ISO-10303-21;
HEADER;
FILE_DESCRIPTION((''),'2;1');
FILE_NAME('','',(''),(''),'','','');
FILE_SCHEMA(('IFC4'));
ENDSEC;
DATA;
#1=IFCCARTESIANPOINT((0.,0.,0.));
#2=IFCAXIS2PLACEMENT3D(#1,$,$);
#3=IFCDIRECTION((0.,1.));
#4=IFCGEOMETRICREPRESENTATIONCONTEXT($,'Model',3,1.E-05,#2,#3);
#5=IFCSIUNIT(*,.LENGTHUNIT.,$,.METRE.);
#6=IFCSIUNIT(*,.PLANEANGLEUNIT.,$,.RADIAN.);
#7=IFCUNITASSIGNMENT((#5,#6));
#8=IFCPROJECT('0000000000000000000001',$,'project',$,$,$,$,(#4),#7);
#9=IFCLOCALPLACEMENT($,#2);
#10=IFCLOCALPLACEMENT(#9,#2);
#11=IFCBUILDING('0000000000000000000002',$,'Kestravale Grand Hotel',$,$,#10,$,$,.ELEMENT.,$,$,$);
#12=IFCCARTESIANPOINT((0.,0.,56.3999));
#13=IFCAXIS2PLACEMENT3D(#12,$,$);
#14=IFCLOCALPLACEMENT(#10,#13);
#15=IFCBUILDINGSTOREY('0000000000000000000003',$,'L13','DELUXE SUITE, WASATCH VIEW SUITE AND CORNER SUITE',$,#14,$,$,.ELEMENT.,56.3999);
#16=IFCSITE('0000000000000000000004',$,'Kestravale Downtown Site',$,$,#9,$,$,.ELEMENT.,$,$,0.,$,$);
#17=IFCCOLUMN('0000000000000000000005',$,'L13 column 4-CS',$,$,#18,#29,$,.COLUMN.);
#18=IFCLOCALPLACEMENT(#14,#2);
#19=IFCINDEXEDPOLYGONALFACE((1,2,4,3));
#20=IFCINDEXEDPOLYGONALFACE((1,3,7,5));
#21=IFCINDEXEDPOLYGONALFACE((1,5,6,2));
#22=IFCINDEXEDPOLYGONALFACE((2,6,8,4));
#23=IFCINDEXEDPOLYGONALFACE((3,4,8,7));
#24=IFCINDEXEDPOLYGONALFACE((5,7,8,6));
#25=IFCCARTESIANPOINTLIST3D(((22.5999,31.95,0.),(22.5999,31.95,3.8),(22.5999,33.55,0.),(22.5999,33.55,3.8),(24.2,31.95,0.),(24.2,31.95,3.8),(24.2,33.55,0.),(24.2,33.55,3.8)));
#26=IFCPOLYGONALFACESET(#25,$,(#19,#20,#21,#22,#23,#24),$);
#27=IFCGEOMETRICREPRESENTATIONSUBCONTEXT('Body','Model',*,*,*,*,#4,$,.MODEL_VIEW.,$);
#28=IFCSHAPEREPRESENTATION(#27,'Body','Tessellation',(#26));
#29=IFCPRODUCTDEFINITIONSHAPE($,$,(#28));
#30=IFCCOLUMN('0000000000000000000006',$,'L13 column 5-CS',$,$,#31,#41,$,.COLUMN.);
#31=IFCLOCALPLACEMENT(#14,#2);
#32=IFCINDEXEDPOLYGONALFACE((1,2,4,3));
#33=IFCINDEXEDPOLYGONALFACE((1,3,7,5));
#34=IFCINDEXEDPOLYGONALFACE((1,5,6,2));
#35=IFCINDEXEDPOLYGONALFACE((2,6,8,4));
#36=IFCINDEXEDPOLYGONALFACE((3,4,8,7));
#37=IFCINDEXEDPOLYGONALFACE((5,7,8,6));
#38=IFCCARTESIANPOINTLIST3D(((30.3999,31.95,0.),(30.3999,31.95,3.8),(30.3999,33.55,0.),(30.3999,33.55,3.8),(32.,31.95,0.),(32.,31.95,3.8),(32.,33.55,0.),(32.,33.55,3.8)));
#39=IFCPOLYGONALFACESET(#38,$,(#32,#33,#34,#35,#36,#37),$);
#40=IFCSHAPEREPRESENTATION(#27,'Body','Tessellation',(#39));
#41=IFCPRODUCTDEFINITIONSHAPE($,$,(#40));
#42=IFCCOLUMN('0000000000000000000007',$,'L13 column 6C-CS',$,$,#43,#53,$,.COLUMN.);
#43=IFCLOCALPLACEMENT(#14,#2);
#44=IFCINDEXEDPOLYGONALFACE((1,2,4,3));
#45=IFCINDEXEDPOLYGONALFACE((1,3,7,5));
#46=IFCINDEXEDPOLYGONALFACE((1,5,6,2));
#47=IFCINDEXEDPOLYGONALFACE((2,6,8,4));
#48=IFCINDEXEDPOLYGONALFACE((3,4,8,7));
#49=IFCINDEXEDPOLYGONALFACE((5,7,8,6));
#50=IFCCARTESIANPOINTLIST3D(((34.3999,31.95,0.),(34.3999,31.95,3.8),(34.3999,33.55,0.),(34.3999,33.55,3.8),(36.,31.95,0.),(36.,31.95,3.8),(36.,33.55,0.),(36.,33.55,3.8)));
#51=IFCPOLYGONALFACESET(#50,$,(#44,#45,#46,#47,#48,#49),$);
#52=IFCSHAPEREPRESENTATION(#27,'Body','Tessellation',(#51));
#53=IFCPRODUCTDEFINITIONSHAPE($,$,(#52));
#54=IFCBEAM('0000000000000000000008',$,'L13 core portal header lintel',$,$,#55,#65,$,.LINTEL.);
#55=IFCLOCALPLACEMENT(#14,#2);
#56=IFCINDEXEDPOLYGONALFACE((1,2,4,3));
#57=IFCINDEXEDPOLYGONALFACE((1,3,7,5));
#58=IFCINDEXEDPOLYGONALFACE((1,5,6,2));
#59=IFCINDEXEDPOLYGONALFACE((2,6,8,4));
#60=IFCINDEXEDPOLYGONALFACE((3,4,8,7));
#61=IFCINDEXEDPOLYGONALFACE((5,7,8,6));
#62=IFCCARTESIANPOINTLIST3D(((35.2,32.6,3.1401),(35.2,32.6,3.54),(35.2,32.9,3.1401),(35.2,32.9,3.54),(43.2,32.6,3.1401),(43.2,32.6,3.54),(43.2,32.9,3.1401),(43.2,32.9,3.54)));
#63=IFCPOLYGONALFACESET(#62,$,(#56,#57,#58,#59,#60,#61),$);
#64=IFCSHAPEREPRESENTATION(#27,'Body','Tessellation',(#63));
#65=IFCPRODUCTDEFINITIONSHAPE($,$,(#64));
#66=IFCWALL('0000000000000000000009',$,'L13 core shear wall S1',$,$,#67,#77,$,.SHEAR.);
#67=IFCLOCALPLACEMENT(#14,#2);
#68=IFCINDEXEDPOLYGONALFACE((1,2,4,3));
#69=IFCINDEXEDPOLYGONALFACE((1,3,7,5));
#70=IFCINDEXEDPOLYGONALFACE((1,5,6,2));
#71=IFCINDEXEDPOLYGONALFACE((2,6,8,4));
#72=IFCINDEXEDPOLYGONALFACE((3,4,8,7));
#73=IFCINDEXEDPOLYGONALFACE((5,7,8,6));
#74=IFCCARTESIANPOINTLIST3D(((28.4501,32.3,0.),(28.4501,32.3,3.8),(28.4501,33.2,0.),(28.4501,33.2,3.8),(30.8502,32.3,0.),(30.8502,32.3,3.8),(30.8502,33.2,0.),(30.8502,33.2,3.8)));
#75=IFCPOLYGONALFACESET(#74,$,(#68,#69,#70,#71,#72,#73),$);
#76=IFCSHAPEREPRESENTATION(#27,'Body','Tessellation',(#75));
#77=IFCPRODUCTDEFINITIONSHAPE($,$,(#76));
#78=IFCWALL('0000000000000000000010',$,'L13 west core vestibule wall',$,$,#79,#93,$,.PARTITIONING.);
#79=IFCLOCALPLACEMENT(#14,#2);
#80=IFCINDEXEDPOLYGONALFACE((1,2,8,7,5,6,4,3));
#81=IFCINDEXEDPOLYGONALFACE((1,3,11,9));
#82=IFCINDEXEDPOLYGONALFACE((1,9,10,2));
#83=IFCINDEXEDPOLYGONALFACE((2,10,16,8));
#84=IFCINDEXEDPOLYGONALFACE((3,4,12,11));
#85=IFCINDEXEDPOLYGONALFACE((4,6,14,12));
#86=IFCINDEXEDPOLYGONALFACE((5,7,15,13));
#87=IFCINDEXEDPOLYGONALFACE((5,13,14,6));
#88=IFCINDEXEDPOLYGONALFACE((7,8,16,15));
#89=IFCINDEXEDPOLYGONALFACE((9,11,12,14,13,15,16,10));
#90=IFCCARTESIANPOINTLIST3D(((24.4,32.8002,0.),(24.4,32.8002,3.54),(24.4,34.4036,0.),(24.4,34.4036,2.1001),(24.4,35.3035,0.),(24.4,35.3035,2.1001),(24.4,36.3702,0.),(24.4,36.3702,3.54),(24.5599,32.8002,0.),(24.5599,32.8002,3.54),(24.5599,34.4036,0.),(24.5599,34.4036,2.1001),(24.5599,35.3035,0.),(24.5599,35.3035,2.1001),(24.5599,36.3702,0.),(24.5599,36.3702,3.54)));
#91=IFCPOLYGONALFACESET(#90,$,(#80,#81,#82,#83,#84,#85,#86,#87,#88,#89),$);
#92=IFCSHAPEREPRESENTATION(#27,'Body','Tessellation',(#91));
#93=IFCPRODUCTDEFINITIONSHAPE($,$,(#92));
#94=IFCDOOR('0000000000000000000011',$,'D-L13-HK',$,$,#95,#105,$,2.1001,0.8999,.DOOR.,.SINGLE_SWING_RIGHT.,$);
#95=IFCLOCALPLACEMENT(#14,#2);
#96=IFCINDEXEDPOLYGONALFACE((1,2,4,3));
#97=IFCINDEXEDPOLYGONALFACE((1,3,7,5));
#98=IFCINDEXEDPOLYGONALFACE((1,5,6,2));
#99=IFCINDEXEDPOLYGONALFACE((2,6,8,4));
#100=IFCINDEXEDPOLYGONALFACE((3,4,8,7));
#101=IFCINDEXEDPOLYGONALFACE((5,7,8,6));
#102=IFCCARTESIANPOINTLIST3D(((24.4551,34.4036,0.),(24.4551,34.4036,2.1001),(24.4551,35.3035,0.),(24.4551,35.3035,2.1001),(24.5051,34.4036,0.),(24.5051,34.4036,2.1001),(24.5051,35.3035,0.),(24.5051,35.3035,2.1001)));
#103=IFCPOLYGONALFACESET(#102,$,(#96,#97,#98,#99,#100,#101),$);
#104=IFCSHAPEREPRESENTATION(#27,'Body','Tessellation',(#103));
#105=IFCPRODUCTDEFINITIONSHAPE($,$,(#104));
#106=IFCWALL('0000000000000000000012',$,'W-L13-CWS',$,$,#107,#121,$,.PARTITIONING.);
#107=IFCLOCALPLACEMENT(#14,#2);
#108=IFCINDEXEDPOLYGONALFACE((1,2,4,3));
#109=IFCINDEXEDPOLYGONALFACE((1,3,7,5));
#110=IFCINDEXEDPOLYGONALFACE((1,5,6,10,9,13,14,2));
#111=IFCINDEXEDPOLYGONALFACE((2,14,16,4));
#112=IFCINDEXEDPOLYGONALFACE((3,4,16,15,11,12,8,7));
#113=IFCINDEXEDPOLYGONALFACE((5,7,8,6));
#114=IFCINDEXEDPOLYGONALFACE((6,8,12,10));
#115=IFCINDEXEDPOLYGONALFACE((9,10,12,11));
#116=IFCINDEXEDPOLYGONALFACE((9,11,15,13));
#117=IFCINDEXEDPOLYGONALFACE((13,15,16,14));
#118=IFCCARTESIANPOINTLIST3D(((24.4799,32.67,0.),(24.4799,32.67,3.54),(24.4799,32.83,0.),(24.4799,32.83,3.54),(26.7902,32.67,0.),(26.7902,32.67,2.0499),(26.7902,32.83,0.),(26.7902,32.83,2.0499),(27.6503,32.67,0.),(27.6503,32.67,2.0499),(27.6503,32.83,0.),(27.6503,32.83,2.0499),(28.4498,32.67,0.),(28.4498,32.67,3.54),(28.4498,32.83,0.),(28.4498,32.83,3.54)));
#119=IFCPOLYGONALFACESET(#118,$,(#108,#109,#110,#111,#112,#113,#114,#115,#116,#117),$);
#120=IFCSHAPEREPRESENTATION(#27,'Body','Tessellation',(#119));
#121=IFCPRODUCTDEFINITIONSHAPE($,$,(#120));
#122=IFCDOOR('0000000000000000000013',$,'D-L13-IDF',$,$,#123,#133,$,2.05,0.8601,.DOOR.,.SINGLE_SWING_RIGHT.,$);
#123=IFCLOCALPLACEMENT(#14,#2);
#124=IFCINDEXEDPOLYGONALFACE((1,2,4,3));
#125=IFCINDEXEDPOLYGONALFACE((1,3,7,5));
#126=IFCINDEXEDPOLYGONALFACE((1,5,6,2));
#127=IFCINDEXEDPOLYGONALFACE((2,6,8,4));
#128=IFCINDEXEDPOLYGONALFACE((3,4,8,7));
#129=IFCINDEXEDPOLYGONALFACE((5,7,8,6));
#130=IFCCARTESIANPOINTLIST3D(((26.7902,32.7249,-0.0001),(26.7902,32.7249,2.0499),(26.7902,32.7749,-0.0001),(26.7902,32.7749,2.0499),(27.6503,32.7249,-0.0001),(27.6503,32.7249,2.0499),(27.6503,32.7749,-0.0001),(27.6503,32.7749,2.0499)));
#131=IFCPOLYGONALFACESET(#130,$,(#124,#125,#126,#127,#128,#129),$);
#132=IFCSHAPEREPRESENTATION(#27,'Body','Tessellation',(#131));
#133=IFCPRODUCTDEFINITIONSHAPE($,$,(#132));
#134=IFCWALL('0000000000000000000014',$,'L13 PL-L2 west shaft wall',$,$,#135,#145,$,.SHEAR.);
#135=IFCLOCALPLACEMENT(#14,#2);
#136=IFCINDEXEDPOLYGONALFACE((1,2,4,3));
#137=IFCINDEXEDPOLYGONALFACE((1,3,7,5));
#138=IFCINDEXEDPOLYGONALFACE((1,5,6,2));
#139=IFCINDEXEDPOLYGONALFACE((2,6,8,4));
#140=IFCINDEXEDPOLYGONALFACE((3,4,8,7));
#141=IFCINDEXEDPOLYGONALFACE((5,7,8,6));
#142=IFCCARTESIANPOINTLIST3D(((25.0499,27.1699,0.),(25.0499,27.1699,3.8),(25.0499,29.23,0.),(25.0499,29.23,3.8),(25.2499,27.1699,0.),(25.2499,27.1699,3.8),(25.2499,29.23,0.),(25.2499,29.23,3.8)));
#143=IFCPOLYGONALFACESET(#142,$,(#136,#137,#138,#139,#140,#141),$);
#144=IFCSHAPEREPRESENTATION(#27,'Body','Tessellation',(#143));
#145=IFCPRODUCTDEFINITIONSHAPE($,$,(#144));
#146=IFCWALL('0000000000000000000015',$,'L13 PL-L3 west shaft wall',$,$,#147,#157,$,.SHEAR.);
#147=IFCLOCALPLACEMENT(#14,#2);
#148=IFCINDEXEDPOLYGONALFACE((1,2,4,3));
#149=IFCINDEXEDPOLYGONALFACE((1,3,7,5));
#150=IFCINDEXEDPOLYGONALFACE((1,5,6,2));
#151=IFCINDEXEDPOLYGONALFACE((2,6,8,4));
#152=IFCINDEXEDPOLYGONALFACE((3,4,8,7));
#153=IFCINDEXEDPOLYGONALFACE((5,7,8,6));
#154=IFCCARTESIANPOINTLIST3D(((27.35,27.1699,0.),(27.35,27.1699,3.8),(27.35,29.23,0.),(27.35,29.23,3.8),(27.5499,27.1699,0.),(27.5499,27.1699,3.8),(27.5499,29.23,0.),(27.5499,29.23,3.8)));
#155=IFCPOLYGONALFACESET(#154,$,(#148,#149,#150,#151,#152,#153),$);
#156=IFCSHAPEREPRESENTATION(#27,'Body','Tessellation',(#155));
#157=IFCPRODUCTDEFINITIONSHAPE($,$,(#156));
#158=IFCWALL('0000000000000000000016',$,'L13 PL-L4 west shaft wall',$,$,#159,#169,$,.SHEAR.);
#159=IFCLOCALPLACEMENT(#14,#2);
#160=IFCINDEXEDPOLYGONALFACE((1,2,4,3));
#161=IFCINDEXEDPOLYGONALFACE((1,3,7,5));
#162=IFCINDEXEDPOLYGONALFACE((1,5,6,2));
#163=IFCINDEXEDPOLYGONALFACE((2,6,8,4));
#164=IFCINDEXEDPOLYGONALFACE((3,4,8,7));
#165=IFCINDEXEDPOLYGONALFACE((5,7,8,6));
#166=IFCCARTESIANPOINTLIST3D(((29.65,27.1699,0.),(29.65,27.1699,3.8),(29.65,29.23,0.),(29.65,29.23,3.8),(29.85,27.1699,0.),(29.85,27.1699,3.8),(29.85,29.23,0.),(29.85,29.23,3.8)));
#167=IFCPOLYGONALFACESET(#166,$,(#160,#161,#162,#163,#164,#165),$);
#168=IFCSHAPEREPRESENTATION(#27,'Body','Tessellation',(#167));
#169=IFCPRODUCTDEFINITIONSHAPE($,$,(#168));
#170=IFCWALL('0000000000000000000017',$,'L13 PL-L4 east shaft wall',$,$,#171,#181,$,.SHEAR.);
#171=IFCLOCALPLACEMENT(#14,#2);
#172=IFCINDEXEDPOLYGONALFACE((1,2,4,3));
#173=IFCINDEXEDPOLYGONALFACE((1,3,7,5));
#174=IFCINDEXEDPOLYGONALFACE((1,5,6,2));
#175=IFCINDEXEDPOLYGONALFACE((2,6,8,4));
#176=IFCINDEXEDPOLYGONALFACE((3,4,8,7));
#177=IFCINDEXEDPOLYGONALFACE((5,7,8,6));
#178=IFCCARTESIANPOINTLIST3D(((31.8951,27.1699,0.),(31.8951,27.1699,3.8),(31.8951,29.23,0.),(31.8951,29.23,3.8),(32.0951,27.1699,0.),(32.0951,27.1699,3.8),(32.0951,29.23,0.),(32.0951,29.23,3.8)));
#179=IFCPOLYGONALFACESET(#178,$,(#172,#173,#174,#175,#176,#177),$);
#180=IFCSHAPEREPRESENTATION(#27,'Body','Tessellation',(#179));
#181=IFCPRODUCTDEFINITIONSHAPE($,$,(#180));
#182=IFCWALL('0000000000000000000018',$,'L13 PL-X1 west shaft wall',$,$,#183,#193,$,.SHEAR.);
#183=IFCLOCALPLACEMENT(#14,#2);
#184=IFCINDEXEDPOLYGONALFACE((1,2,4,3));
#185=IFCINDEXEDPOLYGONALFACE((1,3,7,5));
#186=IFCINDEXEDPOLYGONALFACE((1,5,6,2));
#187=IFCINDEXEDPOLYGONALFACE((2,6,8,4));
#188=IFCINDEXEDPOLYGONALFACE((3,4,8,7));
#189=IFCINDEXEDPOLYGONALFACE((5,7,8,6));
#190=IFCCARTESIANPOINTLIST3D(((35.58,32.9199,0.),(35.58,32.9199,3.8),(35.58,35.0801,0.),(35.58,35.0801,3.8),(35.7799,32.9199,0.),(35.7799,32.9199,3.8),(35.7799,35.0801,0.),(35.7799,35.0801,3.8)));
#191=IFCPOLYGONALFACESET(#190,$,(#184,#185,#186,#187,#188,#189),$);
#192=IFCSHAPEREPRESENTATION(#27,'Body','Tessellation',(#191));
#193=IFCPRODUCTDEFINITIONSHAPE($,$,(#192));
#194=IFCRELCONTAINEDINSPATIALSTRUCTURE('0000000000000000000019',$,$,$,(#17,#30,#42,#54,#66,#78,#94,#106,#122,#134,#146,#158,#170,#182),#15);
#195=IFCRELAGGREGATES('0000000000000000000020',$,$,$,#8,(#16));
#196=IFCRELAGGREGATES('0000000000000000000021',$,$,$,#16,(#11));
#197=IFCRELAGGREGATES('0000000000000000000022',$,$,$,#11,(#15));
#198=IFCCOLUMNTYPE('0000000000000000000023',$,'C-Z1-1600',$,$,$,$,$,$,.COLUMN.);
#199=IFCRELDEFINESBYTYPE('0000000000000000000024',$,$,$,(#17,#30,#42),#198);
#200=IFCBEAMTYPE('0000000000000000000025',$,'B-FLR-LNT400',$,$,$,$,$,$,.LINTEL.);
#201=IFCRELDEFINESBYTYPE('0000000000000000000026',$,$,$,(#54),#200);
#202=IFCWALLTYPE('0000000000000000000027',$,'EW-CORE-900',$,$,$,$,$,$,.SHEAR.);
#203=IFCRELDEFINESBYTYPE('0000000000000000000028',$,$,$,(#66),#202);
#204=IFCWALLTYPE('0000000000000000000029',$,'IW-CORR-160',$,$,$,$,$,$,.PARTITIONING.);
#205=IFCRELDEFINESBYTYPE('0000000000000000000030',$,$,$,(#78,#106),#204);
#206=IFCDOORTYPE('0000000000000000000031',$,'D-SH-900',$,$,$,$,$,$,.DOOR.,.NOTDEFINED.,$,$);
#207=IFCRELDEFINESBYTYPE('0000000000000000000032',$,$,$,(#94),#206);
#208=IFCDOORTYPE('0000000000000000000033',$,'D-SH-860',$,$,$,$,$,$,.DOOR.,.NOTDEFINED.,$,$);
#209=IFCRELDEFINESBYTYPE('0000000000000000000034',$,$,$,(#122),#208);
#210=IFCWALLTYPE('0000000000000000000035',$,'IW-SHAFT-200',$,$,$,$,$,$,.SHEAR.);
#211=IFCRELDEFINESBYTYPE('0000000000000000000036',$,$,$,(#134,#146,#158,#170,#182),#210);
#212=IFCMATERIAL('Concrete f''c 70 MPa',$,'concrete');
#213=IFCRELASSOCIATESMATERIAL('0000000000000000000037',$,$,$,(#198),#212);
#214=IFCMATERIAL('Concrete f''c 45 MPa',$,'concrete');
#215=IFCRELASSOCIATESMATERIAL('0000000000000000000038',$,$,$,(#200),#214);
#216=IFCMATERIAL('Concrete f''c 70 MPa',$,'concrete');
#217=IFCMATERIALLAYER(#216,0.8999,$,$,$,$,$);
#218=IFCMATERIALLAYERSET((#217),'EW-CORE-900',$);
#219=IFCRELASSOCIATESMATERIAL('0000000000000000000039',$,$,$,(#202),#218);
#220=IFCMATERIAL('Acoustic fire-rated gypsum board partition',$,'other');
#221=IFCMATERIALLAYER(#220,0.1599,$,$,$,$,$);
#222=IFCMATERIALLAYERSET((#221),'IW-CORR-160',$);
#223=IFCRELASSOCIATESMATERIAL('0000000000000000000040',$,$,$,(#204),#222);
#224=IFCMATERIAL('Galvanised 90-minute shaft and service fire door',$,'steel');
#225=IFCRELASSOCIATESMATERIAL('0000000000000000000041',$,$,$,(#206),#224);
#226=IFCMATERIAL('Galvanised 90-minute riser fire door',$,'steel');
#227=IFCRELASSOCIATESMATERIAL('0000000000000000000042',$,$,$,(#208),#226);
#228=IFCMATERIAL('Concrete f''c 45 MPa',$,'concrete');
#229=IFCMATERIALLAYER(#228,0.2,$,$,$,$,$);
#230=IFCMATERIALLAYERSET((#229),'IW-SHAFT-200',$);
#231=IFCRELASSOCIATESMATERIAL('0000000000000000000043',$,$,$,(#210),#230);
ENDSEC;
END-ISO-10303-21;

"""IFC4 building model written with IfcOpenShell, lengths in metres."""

from ifc_helpers import new_model, si_unit, direction, frame, frame_2d, origin, origin_2d, place, context, subcontext, project, spatial, rectangle, extrude, material, layer, layer_set, material_profile, profile_set, type_object, element, fill, save


model = new_model("IFC4")

# Units and contexts
model_context = context("Model", 3, precision=1e-05, world=origin(), true_north=direction((0.0, 1.0)))
body_context = subcontext(model_context, "Body", "Model", "MODEL_VIEW")
ifc_project = project(units=[si_unit("LENGTHUNIT", "METRE"), si_unit("PLANEANGLEUNIT", "RADIAN")], contexts=[model_context])

# Site, building, storey
site_placement = place(None, origin())
site = spatial("IfcSite", under=ifc_project, at=site_placement, Name="Kestravale Downtown Site", CompositionType="ELEMENT", RefElevation=0.0)
building_placement = place(site_placement, origin())
building = spatial("IfcBuilding", under=site, at=building_placement, Name="Kestravale Grand Hotel", CompositionType="ELEMENT")
storey_placement = place(building_placement, frame((0.0, 0.0, 56.3999)))
storey = spatial("IfcBuildingStorey", under=building, at=storey_placement, Name="L13", Description="DELUXE SUITE, WASATCH VIEW SUITE AND CORNER SUITE", CompositionType="ELEMENT", Elevation=56.3999)

# Columns
ifc_material_1 = material(Name="Concrete f'c 70 MPa", Category="concrete")
ifc_material_profile_1 = material_profile(ifc_material_1, rectangle(XDim=1.6001, YDim=1.6001, at=origin_2d()))
ifc_profile_set_1 = profile_set([ifc_material_profile_1], Name="Concrete f'c 70 MPa")
column_type = type_object("IfcColumnType", Name="C-Z1-1600", PredefinedType="COLUMN", material=ifc_profile_set_1)
for number, where, z_axis, x_axis, name in (
    (1, (23.3999, 32.75, 0.0), (0.0, 0.0, 1.0), (1.0, 0.0, 0.0), "L13 column 4-CS"),
    (2, (31.2, 32.75, 0.0), (0.0, 0.0, 1.0), (1.0, 0.0, 0.0), "L13 column 5-CS"),
    (3, (35.2, 32.75, 0.0), (0.0, 0.0, 1.0), (1.0, 0.0, 0.0), "L13 column 6C-CS"),
):
    element("IfcColumn", number, at=place(storey_placement, frame(where, z_axis=z_axis, x_axis=x_axis)), inside=storey, type_object=column_type, Name=name, PredefinedType="COLUMN", context=body_context, shape_type="SweptSolid", body=[
        extrude(rectangle(XDim=1.6001, YDim=1.6001, at=origin_2d()), origin(), (0.0, 0.0, 1.0), 3.8),
    ])

# Beam
ifc_material_2 = material(Name="Concrete f'c 45 MPa", Category="concrete")
ifc_material_profile_2 = material_profile(ifc_material_2, rectangle(XDim=0.3, YDim=0.3999, at=origin_2d()))
ifc_profile_set_2 = profile_set([ifc_material_profile_2], Name="Concrete f'c 45 MPa")
beam_type = type_object("IfcBeamType", Name="B-FLR-LNT400", PredefinedType="LINTEL", material=ifc_profile_set_2)
beam_placement = place(storey_placement, frame((35.2, 32.75, 3.3401), z_axis=(1.0, 0.0, 0.0), x_axis=(0.0, 1.0, 0.0)))
element("IfcBeam", 4, at=beam_placement, inside=storey, type_object=beam_type, Name="L13 core portal header lintel", PredefinedType="LINTEL", context=body_context, shape_type="SweptSolid", body=[
    extrude(rectangle(XDim=0.3, YDim=0.3999, at=origin_2d()), origin(), (0.0, 0.0, 1.0), 8.0),
])

# Wall
ifc_material_3 = material(Name="Concrete f'c 70 MPa", Category="concrete")
ifc_layer_1 = layer(ifc_material_3, 0.8999)
ifc_layer_set_1 = layer_set([ifc_layer_1], Name="EW-CORE-900")
wall_type_1 = type_object("IfcWallType", Name="EW-CORE-900", PredefinedType="SHEAR", material=ifc_layer_set_1)
wall_1_placement = place(storey_placement, frame((28.45, 32.75, 0.0), z_axis=(0.0, 0.0, 1.0), x_axis=(1.0, 0.0, 0.0)))
element("IfcWall", 5, at=wall_1_placement, inside=storey, type_object=wall_type_1, Name="L13 core shear wall S1", PredefinedType="SHEAR", context=body_context, shape_type="SweptSolid", body=[
    extrude(rectangle(XDim=2.4001, YDim=0.8999, at=frame_2d((1.2002, 0.0))), origin(), (0.0, 0.0, 1.0), 3.8),
])

# Walls, openings, doors
ifc_material_4 = material(Name="Acoustic fire-rated gypsum board partition", Category="other")
ifc_layer_2 = layer(ifc_material_4, 0.1599)
ifc_layer_set_2 = layer_set([ifc_layer_2], Name="IW-CORR-160")
wall_type_2 = type_object("IfcWallType", Name="IW-CORR-160", PredefinedType="PARTITIONING", material=ifc_layer_set_2)
wall_2_placement = place(storey_placement, frame((24.48, 32.8, 0.0), z_axis=(0.0, 0.0, 1.0), x_axis=(0.0, 1.0, 0.0)))
wall_2 = element("IfcWall", 6, at=wall_2_placement, inside=storey, type_object=wall_type_2, Name="L13 west core vestibule wall", PredefinedType="PARTITIONING", context=body_context, shape_type="SweptSolid", body=[
    extrude(rectangle(XDim=3.5701, YDim=0.1599, at=frame_2d((1.7852, 0.0))), origin(), (0.0, 0.0, 1.0), 3.54),
])
opening_1_placement = place(wall_2_placement, frame((1.6035, 0.0, 0.0)))
opening_1 = element("IfcOpeningElement", 7, at=opening_1_placement, cuts=wall_2, PredefinedType="OPENING", context=body_context, shape_type="SweptSolid", body=[
    extrude(rectangle(XDim=0.8999, YDim=2.1001, at=frame_2d((0.45, 1.05))), frame((0.0, 0.0898, 0.0), z_axis=(0.0, -1.0, 0.0), x_axis=(1.0, 0.0, 0.0)), (0.0, 0.0, 1.0), 0.1799),
])
ifc_material_5 = material(Name="Galvanised 90-minute shaft and service fire door", Category="steel")
door_type_1 = type_object("IfcDoorType", Name="D-SH-900", OperationType="NOTDEFINED", PredefinedType="DOOR", material=ifc_material_5)
door_1_placement = place(opening_1_placement, origin())
door_1 = element("IfcDoor", 8, at=door_1_placement, inside=storey, type_object=door_type_1, Name="D-L13-HK", OperationType="SINGLE_SWING_RIGHT", OverallHeight=2.1001, OverallWidth=0.8999, PredefinedType="DOOR", context=body_context, shape_type="SweptSolid", body=[
    extrude(rectangle(XDim=0.8999, YDim=2.1001, at=frame_2d((0.45, 1.05))), frame((0.0, 0.0249, 0.0), z_axis=(0.0, -1.0, 0.0), x_axis=(1.0, 0.0, 0.0)), (0.0, 0.0, 1.0), 0.05),
])
fill(opening_1, door_1)
wall_3_placement = place(storey_placement, frame((24.48, 32.75, 0.0), z_axis=(0.0, 0.0, 1.0), x_axis=(1.0, 0.0, 0.0)))
wall_3 = element("IfcWall", 9, at=wall_3_placement, inside=storey, type_object=wall_type_2, Name="W-L13-CWS", PredefinedType="PARTITIONING", context=body_context, shape_type="SweptSolid", body=[
    extrude(rectangle(XDim=3.97, YDim=0.1599, at=frame_2d((1.9849, 0.0))), origin(), (0.0, 0.0, 1.0), 3.54),
])
opening_2_placement = place(wall_3_placement, frame((2.3101, 0.0, 0.0)))
opening_2 = element("IfcOpeningElement", 10, at=opening_2_placement, cuts=wall_3, PredefinedType="OPENING", context=body_context, shape_type="SweptSolid", body=[
    extrude(rectangle(XDim=0.8601, YDim=2.05, at=frame_2d((0.4302, 1.0249))), frame((0.0, 0.0898, 0.0), z_axis=(0.0, -1.0, 0.0), x_axis=(1.0, 0.0, 0.0)), (0.0, 0.0, 1.0), 0.1799),
])
ifc_material_6 = material(Name="Galvanised 90-minute riser fire door", Category="steel")
door_type_2 = type_object("IfcDoorType", Name="D-SH-860", OperationType="NOTDEFINED", PredefinedType="DOOR", material=ifc_material_6)
door_2_placement = place(opening_2_placement, origin())
door_2 = element("IfcDoor", 11, at=door_2_placement, inside=storey, type_object=door_type_2, Name="D-L13-IDF", OperationType="SINGLE_SWING_RIGHT", OverallHeight=2.05, OverallWidth=0.8601, PredefinedType="DOOR", context=body_context, shape_type="SweptSolid", body=[
    extrude(rectangle(XDim=0.8601, YDim=2.05, at=frame_2d((0.4302, 1.0249))), frame((0.0, 0.0249, 0.0), z_axis=(0.0, -1.0, 0.0), x_axis=(1.0, 0.0, 0.0)), (0.0, 0.0, 1.0), 0.05),
])
fill(opening_2, door_2)

# Walls
ifc_material_7 = material(Name="Concrete f'c 45 MPa", Category="concrete")
ifc_layer_3 = layer(ifc_material_7, 0.2)
ifc_layer_set_3 = layer_set([ifc_layer_3], Name="IW-SHAFT-200")
wall_type_3 = type_object("IfcWallType", Name="IW-SHAFT-200", PredefinedType="SHEAR", material=ifc_layer_set_3)
for number, where, z_axis, x_axis, name in (
    (12, (25.1499, 27.1699, 0.0), (0.0, 0.0, 1.0), (0.0, 1.0, 0.0), "L13 PL-L2 west shaft wall"),
    (13, (27.45, 27.1699, 0.0), (0.0, 0.0, 1.0), (0.0, 1.0, 0.0), "L13 PL-L3 west shaft wall"),
    (14, (29.75, 27.1699, 0.0), (0.0, 0.0, 1.0), (0.0, 1.0, 0.0), "L13 PL-L4 west shaft wall"),
    (15, (31.9951, 27.1699, 0.0), (0.0, 0.0, 1.0), (0.0, 1.0, 0.0), "L13 PL-L4 east shaft wall"),
):
    element("IfcWall", number, at=place(storey_placement, frame(where, z_axis=z_axis, x_axis=x_axis)), inside=storey, type_object=wall_type_3, Name=name, PredefinedType="SHEAR", context=body_context, shape_type="SweptSolid", body=[
        extrude(rectangle(XDim=2.0601, YDim=0.2, at=frame_2d((1.03, 0.0))), origin(), (0.0, 0.0, 1.0), 3.8),
    ])
wall_4_placement = place(storey_placement, frame((35.6799, 32.9199, 0.0), z_axis=(0.0, 0.0, 1.0), x_axis=(0.0, 1.0, 0.0)))
element("IfcWall", 16, at=wall_4_placement, inside=storey, type_object=wall_type_3, Name="L13 PL-X1 west shaft wall", PredefinedType="SHEAR", context=body_context, shape_type="SweptSolid", body=[
    extrude(rectangle(XDim=2.1602, YDim=0.2, at=frame_2d((1.0801, 0.0))), origin(), (0.0, 0.0, 1.0), 3.8),
])

save(model, "model.ifc")
